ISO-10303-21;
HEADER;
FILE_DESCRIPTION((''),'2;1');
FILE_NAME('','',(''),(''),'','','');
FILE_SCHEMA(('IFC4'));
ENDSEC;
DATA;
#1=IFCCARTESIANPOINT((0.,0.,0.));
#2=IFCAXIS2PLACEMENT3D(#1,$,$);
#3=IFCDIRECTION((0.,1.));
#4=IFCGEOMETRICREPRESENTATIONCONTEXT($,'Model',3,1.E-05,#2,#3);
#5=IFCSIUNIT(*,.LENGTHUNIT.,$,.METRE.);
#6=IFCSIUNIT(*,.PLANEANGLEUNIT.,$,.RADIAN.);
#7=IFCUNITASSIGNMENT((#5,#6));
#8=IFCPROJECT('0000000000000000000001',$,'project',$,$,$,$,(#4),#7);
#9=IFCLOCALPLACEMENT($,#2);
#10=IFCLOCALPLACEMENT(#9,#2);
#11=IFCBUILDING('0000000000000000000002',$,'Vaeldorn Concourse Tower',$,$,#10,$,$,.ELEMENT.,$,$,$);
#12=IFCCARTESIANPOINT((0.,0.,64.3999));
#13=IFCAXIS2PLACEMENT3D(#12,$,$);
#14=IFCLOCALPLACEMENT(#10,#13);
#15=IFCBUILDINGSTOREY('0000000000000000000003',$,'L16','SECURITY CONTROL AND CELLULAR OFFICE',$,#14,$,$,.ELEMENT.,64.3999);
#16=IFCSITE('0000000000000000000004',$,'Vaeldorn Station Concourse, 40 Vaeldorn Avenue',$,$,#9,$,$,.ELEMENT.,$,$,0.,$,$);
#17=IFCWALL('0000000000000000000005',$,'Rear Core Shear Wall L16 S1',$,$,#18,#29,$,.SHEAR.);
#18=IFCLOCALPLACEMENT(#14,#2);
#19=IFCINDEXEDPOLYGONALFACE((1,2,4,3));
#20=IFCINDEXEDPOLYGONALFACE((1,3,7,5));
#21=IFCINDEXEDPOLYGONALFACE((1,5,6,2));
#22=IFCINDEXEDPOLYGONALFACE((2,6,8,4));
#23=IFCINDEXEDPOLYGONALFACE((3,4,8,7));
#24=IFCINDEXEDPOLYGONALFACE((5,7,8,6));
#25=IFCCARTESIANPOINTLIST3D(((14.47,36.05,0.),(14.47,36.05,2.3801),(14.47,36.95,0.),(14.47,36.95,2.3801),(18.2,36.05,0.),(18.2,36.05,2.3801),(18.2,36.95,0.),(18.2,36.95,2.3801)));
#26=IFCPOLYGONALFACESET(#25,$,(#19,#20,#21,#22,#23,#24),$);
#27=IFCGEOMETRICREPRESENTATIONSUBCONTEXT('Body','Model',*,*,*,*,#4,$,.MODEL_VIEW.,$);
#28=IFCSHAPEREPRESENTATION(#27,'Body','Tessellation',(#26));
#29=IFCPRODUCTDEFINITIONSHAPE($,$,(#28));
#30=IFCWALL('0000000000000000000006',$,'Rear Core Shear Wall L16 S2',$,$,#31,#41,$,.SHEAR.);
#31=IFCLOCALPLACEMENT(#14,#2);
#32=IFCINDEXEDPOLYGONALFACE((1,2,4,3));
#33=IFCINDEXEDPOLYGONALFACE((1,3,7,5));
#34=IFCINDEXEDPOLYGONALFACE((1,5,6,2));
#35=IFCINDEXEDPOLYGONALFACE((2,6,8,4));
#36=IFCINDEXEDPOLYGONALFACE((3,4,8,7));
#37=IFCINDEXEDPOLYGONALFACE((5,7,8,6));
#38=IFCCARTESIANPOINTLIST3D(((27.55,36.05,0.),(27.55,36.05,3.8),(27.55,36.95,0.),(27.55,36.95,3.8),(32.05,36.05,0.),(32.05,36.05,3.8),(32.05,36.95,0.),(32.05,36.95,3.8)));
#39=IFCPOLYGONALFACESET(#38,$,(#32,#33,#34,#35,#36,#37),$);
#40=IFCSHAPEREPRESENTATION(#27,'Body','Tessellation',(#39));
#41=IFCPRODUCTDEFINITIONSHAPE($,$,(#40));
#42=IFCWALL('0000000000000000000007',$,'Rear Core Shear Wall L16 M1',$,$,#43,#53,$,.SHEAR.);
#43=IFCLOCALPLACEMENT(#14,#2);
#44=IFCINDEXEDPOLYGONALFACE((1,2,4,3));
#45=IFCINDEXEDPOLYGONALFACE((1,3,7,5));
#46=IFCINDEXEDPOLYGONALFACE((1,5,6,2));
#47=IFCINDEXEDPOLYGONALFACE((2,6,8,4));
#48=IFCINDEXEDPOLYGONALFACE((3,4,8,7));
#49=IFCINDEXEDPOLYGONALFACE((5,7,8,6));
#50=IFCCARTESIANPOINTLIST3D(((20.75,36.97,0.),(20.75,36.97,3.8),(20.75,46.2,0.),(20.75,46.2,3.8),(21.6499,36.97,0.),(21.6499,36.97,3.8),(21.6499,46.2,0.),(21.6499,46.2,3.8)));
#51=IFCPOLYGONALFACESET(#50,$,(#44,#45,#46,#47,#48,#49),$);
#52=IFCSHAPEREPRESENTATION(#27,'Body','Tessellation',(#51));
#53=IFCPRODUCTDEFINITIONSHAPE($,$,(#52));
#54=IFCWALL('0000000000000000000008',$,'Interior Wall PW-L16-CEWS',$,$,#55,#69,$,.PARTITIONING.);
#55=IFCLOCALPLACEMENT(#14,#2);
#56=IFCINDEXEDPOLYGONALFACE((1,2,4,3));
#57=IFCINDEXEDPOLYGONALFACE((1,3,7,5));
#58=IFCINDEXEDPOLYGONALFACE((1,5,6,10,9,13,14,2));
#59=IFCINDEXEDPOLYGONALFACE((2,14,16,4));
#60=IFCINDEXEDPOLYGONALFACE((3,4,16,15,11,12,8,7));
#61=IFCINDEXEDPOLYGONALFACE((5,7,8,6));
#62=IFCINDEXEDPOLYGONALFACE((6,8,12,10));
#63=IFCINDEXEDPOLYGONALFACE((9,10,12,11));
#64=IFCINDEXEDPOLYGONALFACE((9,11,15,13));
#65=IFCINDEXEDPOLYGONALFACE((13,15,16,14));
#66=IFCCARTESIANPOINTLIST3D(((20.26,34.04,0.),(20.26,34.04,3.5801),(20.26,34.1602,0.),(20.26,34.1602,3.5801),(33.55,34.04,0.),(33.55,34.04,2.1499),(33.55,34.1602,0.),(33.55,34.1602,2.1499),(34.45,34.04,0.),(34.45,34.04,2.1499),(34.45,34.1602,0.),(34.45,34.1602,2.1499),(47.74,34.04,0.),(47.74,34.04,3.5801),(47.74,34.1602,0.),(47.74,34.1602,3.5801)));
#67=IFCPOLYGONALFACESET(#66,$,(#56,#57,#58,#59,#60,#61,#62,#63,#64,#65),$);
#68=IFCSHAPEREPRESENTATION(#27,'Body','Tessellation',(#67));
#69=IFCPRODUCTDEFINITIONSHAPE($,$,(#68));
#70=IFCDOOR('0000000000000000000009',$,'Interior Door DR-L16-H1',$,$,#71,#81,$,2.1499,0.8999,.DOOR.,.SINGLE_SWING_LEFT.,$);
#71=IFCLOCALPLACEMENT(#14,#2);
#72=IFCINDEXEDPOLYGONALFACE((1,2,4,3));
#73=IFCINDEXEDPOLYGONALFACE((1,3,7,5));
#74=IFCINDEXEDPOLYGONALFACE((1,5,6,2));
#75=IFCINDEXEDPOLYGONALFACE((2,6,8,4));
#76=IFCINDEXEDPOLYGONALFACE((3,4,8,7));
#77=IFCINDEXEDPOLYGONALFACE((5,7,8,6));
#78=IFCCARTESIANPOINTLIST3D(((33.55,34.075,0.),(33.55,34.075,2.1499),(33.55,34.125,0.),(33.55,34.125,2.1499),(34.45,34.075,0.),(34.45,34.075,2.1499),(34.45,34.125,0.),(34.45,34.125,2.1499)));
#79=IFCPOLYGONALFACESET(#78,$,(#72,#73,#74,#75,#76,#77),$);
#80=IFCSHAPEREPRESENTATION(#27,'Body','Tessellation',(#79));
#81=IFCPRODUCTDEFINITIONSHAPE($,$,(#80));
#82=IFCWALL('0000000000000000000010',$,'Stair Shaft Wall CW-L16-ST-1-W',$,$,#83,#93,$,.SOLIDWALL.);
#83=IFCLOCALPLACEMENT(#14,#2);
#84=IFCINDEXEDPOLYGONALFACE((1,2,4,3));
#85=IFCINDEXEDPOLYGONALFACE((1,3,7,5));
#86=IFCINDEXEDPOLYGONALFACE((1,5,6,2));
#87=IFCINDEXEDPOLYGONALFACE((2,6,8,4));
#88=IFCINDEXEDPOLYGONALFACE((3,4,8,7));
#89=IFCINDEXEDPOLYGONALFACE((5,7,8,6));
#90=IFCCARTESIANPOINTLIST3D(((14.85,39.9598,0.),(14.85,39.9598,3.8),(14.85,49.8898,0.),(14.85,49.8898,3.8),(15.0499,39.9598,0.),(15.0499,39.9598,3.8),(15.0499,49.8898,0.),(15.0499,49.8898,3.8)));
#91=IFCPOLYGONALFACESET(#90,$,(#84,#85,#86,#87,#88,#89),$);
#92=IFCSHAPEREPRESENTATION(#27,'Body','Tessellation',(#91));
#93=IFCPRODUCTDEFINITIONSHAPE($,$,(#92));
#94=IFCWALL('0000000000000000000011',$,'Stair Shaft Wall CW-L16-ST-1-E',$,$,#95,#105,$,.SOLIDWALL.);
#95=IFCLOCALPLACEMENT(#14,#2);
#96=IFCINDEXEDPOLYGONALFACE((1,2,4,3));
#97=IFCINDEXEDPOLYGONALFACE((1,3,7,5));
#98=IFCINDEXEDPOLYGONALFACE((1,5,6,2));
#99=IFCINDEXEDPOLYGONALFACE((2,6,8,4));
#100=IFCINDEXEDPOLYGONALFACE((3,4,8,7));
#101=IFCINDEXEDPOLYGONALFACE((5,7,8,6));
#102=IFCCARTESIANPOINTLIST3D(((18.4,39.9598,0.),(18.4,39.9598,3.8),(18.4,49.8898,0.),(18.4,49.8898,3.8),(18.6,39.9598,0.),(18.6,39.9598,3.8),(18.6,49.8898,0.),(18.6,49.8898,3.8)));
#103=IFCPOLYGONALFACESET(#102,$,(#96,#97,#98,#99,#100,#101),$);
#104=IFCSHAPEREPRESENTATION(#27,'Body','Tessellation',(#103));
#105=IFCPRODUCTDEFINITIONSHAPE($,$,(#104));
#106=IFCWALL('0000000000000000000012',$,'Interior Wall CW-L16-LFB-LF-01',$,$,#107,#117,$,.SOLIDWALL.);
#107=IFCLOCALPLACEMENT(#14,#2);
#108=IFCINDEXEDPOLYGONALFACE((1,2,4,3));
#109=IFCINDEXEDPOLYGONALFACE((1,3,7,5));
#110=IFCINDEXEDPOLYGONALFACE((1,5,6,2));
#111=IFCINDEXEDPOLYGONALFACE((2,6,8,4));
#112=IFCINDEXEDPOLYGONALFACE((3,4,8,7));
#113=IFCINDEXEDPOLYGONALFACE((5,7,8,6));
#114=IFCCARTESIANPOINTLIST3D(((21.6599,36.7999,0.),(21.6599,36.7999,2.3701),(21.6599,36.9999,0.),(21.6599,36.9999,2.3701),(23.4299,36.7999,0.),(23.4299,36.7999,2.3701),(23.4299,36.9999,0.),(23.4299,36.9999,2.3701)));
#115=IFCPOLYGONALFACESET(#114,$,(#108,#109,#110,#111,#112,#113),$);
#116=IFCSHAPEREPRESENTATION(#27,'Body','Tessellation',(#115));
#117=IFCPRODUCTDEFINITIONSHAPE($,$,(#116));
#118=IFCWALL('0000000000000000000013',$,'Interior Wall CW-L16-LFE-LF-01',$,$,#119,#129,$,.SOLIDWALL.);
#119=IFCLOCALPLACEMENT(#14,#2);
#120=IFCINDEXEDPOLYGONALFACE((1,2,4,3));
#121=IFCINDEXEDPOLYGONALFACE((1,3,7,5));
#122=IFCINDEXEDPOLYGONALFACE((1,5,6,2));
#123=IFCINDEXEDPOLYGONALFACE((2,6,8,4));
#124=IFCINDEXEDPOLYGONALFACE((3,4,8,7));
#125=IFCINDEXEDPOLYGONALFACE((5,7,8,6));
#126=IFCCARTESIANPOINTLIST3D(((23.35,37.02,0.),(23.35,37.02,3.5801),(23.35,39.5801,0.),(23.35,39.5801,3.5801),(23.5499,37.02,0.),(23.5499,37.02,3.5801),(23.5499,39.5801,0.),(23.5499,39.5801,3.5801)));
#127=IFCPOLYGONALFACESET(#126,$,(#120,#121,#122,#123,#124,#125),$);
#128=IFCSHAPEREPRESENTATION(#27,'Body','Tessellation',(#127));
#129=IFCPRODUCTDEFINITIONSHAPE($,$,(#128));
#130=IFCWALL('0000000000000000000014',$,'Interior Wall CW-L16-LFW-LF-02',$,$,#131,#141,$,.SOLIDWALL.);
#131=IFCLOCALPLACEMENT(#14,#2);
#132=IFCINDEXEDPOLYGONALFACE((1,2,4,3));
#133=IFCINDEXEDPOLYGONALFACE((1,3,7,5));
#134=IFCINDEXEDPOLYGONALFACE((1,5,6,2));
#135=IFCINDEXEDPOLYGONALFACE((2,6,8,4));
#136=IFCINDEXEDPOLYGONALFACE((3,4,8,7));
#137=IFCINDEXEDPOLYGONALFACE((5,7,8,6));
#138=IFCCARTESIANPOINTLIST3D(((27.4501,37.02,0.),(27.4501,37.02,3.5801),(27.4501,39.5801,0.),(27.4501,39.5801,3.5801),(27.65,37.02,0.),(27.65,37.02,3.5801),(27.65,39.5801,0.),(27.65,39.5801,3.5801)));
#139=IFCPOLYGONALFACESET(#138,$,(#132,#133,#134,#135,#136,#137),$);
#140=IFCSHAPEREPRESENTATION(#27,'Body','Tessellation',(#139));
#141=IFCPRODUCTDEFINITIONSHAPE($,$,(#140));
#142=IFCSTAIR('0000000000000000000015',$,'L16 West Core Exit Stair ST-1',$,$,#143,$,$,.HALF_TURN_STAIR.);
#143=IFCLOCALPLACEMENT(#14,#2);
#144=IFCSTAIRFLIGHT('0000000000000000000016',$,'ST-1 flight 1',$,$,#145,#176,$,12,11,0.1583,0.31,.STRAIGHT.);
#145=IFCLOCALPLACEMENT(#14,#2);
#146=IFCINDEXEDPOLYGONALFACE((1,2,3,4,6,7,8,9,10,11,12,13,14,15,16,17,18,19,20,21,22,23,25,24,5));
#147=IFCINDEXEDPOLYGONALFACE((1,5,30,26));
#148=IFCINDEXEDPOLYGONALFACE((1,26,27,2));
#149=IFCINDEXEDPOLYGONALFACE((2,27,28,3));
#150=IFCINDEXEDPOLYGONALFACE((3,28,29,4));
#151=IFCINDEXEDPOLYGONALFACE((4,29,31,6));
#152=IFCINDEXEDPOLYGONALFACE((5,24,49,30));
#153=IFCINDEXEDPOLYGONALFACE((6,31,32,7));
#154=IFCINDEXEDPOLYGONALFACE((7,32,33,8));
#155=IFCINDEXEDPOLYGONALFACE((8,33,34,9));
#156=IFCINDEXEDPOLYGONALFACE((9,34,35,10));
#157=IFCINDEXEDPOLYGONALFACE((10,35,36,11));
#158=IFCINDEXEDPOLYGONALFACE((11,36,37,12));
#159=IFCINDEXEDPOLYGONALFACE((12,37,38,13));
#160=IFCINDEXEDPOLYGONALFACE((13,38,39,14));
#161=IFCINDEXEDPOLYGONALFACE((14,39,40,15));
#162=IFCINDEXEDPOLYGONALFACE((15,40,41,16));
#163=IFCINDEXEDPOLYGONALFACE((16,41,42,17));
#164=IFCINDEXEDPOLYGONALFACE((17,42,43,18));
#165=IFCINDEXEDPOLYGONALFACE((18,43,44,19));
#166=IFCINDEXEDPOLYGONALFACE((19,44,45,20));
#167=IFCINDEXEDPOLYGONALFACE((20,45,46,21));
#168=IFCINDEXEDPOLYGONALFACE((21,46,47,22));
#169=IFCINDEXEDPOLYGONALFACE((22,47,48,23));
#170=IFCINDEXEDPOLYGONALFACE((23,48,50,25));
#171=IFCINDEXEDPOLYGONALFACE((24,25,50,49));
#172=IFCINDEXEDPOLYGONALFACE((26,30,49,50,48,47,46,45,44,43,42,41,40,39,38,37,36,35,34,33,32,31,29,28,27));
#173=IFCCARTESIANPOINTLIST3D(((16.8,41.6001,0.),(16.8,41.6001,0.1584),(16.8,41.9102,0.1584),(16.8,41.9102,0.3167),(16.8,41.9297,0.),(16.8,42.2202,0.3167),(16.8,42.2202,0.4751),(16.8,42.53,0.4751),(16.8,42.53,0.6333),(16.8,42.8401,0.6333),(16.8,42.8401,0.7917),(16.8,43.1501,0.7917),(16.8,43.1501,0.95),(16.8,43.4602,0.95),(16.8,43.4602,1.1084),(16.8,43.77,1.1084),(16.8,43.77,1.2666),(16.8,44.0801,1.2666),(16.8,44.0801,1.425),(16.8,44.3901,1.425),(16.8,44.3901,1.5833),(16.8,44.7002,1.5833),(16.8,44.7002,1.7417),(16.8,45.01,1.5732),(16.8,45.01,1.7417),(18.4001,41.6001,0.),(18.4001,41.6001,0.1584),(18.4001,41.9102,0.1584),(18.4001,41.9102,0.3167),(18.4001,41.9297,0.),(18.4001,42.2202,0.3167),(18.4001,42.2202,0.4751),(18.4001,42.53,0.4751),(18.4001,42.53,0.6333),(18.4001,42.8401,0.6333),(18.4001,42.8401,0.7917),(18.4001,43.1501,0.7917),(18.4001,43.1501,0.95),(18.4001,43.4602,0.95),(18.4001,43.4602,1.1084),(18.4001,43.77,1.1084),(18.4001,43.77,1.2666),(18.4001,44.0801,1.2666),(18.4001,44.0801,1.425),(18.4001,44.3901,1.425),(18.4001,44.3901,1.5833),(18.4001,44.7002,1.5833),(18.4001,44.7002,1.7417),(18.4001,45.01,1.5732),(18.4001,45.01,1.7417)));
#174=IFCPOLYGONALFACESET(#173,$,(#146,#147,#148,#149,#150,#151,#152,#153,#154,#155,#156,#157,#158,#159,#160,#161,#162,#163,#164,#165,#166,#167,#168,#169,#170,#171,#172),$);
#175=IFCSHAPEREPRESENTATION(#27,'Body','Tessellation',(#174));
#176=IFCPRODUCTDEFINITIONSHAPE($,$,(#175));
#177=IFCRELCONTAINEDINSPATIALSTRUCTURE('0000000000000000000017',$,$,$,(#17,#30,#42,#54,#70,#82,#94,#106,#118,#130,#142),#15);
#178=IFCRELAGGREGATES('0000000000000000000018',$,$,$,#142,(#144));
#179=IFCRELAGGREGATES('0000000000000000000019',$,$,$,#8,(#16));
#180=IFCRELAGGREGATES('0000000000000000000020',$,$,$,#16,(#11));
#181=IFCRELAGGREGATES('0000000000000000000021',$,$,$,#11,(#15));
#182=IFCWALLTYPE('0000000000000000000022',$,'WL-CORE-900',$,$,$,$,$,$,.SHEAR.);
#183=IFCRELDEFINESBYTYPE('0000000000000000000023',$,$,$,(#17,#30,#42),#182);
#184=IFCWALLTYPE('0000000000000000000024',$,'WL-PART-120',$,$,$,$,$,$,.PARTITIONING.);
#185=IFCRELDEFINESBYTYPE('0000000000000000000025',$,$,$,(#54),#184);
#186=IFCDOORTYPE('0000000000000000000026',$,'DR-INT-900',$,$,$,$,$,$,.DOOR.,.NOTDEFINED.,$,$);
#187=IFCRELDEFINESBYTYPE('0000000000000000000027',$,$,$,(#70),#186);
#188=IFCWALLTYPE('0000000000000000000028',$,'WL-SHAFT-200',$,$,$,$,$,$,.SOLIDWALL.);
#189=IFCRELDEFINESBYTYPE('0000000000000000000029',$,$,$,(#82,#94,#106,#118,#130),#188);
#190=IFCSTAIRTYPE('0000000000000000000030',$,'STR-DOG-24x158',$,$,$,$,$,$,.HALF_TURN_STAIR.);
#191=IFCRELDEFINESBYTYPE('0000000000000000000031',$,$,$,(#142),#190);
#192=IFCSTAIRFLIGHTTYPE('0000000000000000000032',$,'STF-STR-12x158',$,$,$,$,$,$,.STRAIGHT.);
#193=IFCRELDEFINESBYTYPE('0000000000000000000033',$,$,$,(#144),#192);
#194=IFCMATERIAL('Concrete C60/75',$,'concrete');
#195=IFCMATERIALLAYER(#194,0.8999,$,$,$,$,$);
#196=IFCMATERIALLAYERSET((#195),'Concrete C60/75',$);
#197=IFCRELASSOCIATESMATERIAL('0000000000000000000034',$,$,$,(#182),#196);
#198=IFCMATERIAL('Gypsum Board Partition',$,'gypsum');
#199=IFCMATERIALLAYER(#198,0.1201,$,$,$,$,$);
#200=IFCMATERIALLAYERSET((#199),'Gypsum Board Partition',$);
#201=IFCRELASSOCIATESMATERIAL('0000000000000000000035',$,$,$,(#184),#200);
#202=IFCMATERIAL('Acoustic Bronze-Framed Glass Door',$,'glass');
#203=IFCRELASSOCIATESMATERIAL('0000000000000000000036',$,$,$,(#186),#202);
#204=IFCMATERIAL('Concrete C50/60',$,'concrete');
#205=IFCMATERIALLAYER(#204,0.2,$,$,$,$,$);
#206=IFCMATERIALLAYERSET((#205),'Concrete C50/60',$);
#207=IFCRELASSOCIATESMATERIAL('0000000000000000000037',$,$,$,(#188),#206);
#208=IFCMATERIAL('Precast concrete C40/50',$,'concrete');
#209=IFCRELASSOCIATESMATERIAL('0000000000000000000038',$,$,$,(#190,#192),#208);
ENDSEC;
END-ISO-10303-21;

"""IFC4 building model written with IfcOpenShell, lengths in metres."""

from ifc_helpers import new_model, si_unit, direction, frame, frame_2d, origin, place, context, subcontext, project, spatial, polyline, rectangle, outline, extrude, source, transform, mapped, material, layer, layer_set, type_object, element, fill, aggregate, save


model = new_model("IFC4")

# Units and contexts
model_context = context("Model", 3, precision=1e-05, world=origin(), true_north=direction((0.0, 1.0)))
body_context = subcontext(model_context, "Body", "Model", "MODEL_VIEW")
ifc_project = project(units=[si_unit("LENGTHUNIT", "METRE"), si_unit("PLANEANGLEUNIT", "RADIAN")], contexts=[model_context])

# Site, building, storey
site_placement = place(None, origin())
site = spatial("IfcSite", under=ifc_project, at=site_placement, Name="Vaeldorn Station Concourse, 40 Vaeldorn Avenue", CompositionType="ELEMENT", RefElevation=0.0)
building_placement = place(site_placement, origin())
building = spatial("IfcBuilding", under=site, at=building_placement, Name="Vaeldorn Concourse Tower", CompositionType="ELEMENT")
storey_placement = place(building_placement, frame((0.0, 0.0, 64.3999)))
storey = spatial("IfcBuildingStorey", under=building, at=storey_placement, Name="L16", Description="SECURITY CONTROL AND CELLULAR OFFICE", CompositionType="ELEMENT", Elevation=64.3999)

# Walls
ifc_material_1 = material(Name="Concrete C60/75", Category="concrete")
ifc_layer_1 = layer(ifc_material_1, 0.8999)
ifc_layer_set_1 = layer_set([ifc_layer_1], Name="Concrete C60/75")
wall_type_1 = type_object("IfcWallType", Name="WL-CORE-900", PredefinedType="SHEAR", material=ifc_layer_set_1)
wall_1_placement = place(storey_placement, frame((14.47, 36.5, 0.0), z_axis=(0.0, 0.0, 1.0), x_axis=(1.0, 0.0, 0.0)))
element("IfcWall", 1, at=wall_1_placement, inside=storey, type_object=wall_type_1, Name="Rear Core Shear Wall L16 S1", PredefinedType="SHEAR", context=body_context, shape_type="SweptSolid", body=[
    extrude(rectangle(XDim=3.73, YDim=0.8999, at=frame_2d((1.865, 0.0))), origin(), (0.0, 0.0, 1.0), 2.3801),
])
wall_2_placement = place(storey_placement, frame((27.55, 36.5, 0.0), z_axis=(0.0, 0.0, 1.0), x_axis=(1.0, 0.0, 0.0)))
element("IfcWall", 2, at=wall_2_placement, inside=storey, type_object=wall_type_1, Name="Rear Core Shear Wall L16 S2", PredefinedType="SHEAR", context=body_context, shape_type="SweptSolid", body=[
    extrude(rectangle(XDim=4.5, YDim=0.8999, at=frame_2d((2.25, 0.0))), origin(), (0.0, 0.0, 1.0), 3.8),
])
wall_3_placement = place(storey_placement, frame((21.2, 36.97, 0.0), z_axis=(0.0, 0.0, 1.0), x_axis=(0.0, 1.0, 0.0)))
element("IfcWall", 3, at=wall_3_placement, inside=storey, type_object=wall_type_1, Name="Rear Core Shear Wall L16 M1", PredefinedType="SHEAR", context=body_context, shape_type="SweptSolid", body=[
    extrude(rectangle(XDim=9.23, YDim=0.8999, at=frame_2d((4.615, 0.0))), origin(), (0.0, 0.0, 1.0), 3.8),
])

# Wall, opening, door
ifc_material_2 = material(Name="Gypsum Board Partition", Category="gypsum")
ifc_layer_2 = layer(ifc_material_2, 0.1201)
ifc_layer_set_2 = layer_set([ifc_layer_2], Name="Gypsum Board Partition")
wall_type_2 = type_object("IfcWallType", Name="WL-PART-120", PredefinedType="PARTITIONING", material=ifc_layer_set_2)
wall_4_placement = place(storey_placement, frame((20.26, 34.1001, 0.0), z_axis=(0.0, 0.0, 1.0), x_axis=(1.0, 0.0, 0.0)))
wall_4 = element("IfcWall", 4, at=wall_4_placement, inside=storey, type_object=wall_type_2, Name="Interior Wall PW-L16-CEWS", PredefinedType="PARTITIONING", context=body_context, shape_type="SweptSolid", body=[
    extrude(rectangle(XDim=27.48, YDim=0.1201, at=frame_2d((13.74, 0.0))), origin(), (0.0, 0.0, 1.0), 3.5801),
])
opening_1_placement = place(wall_4_placement, frame((13.29, 0.0, 0.0)))
opening_1 = element("IfcOpeningElement", 5, at=opening_1_placement, cuts=wall_4, PredefinedType="OPENING", context=body_context, shape_type="SweptSolid", body=[
    extrude(rectangle(XDim=0.8999, YDim=2.1499, at=frame_2d((0.45, 1.075))), frame((0.0, 0.0701, 0.0), z_axis=(0.0, -1.0, 0.0), x_axis=(1.0, 0.0, 0.0)), (0.0, 0.0, 1.0), 0.1401),
])
ifc_material_3 = material(Name="Acoustic Bronze-Framed Glass Door", Category="glass")
door_type_1 = type_object("IfcDoorType", Name="DR-INT-900", OperationType="NOTDEFINED", PredefinedType="DOOR", material=ifc_material_3)
shared_shape_1 = source(origin(), body_context, "Body", "SweptSolid", [
    extrude(rectangle(XDim=0.8999, YDim=2.1499, at=frame_2d((0.45, 1.075))), frame((0.0, 0.0249, 0.0), z_axis=(0.0, -1.0, 0.0), x_axis=(1.0, 0.0, 0.0)), (0.0, 0.0, 1.0), 0.05),
])
door_1_placement = place(opening_1_placement, origin())
door_1 = element("IfcDoor", 6, at=door_1_placement, inside=storey, type_object=door_type_1, Name="Interior Door DR-L16-H1", OperationType="SINGLE_SWING_LEFT", OverallHeight=2.1499, OverallWidth=0.8999, PredefinedType="DOOR", context=body_context, shape_type="MappedRepresentation", body=[
    mapped(shared_shape_1, transform((0.0, 0.0, 0.0), scale=1.0)),
])
fill(opening_1, door_1)

# Walls
ifc_material_4 = material(Name="Concrete C50/60", Category="concrete")
ifc_layer_3 = layer(ifc_material_4, 0.2)
ifc_layer_set_3 = layer_set([ifc_layer_3], Name="Concrete C50/60")
wall_type_3 = type_object("IfcWallType", Name="WL-SHAFT-200", PredefinedType="SOLIDWALL", material=ifc_layer_set_3)
for number, where, z_axis, x_axis, name in (
    (7, (14.95, 39.96, 0.0), (0.0, 0.0, 1.0), (0.0, 1.0, 0.0), "Stair Shaft Wall CW-L16-ST-1-W"),
    (8, (18.5, 39.96, 0.0), (0.0, 0.0, 1.0), (0.0, 1.0, 0.0), "Stair Shaft Wall CW-L16-ST-1-E"),
):
    element("IfcWall", number, at=place(storey_placement, frame(where, z_axis=z_axis, x_axis=x_axis)), inside=storey, type_object=wall_type_3, Name=name, PredefinedType="SOLIDWALL", context=body_context, shape_type="SweptSolid", body=[
        extrude(rectangle(XDim=9.9299, YDim=0.2, at=frame_2d((4.9648, 0.0))), origin(), (0.0, 0.0, 1.0), 3.8),
    ])

# Walls
wall_5_placement = place(storey_placement, frame((21.6599, 36.8999, 0.0), z_axis=(0.0, 0.0, 1.0), x_axis=(1.0, 0.0, 0.0)))
element("IfcWall", 9, at=wall_5_placement, inside=storey, type_object=wall_type_3, Name="Interior Wall CW-L16-LFB-LF-01", PredefinedType="SOLIDWALL", context=body_context, shape_type="SweptSolid", body=[
    extrude(rectangle(XDim=1.77, YDim=0.2, at=frame_2d((0.885, 0.0))), origin(), (0.0, 0.0, 1.0), 2.3701),
])
wall_6_placement = place(storey_placement, frame((23.45, 37.02, 0.0), z_axis=(0.0, 0.0, 1.0), x_axis=(0.0, 1.0, 0.0)))
element("IfcWall", 10, at=wall_6_placement, inside=storey, type_object=wall_type_3, Name="Interior Wall CW-L16-LFE-LF-01", PredefinedType="SOLIDWALL", context=body_context, shape_type="SweptSolid", body=[
    extrude(rectangle(XDim=2.5601, YDim=0.2, at=frame_2d((1.28, 0.0))), origin(), (0.0, 0.0, 1.0), 3.5801),
])

# Wall
wall_7_placement = place(storey_placement, frame((27.55, 37.02, 0.0), z_axis=(0.0, 0.0, 1.0), x_axis=(0.0, 1.0, 0.0)))
element("IfcWall", 11, at=wall_7_placement, inside=storey, type_object=wall_type_3, Name="Interior Wall CW-L16-LFW-LF-02", PredefinedType="SOLIDWALL", context=body_context, shape_type="SweptSolid", body=[
    extrude(rectangle(XDim=2.5601, YDim=0.2, at=frame_2d((1.28, 0.0))), origin(), (0.0, 0.0, 1.0), 3.5801),
])

# Stair, stair flight
ifc_material_5 = material(Name="Precast concrete C40/50", Category="concrete")
stair_type = type_object("IfcStairType", Name="STR-DOG-24x158", PredefinedType="HALF_TURN_STAIR", material=ifc_material_5)
stair_placement = place(storey_placement, origin())
stair = element("IfcStair", 12, at=stair_placement, inside=storey, type_object=stair_type, Name="L16 West Core Exit Stair ST-1", PredefinedType="HALF_TURN_STAIR")
stair_flight_type = type_object("IfcStairFlightType", Name="STF-STR-12x158", PredefinedType="STRAIGHT", material=ifc_material_5)
stair_flight_placement = place(storey_placement, frame((17.6001, 41.6001, 0.0), z_axis=(0.0, 0.0, 1.0), x_axis=(0.0, 1.0, 0.0)))
stair_flight = element("IfcStairFlight", 13, at=stair_flight_placement, type_object=stair_flight_type, Name="ST-1 flight 1", NumberOfRisers=12, NumberOfTreads=11, PredefinedType="STRAIGHT", RiserHeight=0.1583, TreadLength=0.31, context=body_context, shape_type="SweptSolid", body=[
    extrude(outline(polyline([(0.0, 0.0), (0.0, 0.1584), (0.3101, 0.1584), (0.3101, 0.3167), (0.6201, 0.3167), (0.6201, 0.4751), (0.9299, 0.4751), (0.9299, 0.6333), (1.24, 0.6333), (1.24, 0.7917), (1.55, 0.7917), (1.55, 0.95), (1.8601, 0.95), (1.8601, 1.1084), (2.1699, 1.1084), (2.1699, 1.2666), (2.48, 1.2666), (2.48, 1.425), (2.79, 1.425), (2.79, 1.5833), (3.1001, 1.5833), (3.1001, 1.7417), (3.4099, 1.7417), (3.4099, 1.8999), (3.4099, 1.5732), (0.3296, 0.0), (0.0, 0.0)])), frame((0.0, 0.8, 0.0), z_axis=(0.0, -1.0, 0.0), x_axis=(1.0, 0.0, 0.0)), (0.0, 0.0, 1.0), 1.6001),
])
aggregate(stair, [stair_flight])

save(model, "model.ifc")
